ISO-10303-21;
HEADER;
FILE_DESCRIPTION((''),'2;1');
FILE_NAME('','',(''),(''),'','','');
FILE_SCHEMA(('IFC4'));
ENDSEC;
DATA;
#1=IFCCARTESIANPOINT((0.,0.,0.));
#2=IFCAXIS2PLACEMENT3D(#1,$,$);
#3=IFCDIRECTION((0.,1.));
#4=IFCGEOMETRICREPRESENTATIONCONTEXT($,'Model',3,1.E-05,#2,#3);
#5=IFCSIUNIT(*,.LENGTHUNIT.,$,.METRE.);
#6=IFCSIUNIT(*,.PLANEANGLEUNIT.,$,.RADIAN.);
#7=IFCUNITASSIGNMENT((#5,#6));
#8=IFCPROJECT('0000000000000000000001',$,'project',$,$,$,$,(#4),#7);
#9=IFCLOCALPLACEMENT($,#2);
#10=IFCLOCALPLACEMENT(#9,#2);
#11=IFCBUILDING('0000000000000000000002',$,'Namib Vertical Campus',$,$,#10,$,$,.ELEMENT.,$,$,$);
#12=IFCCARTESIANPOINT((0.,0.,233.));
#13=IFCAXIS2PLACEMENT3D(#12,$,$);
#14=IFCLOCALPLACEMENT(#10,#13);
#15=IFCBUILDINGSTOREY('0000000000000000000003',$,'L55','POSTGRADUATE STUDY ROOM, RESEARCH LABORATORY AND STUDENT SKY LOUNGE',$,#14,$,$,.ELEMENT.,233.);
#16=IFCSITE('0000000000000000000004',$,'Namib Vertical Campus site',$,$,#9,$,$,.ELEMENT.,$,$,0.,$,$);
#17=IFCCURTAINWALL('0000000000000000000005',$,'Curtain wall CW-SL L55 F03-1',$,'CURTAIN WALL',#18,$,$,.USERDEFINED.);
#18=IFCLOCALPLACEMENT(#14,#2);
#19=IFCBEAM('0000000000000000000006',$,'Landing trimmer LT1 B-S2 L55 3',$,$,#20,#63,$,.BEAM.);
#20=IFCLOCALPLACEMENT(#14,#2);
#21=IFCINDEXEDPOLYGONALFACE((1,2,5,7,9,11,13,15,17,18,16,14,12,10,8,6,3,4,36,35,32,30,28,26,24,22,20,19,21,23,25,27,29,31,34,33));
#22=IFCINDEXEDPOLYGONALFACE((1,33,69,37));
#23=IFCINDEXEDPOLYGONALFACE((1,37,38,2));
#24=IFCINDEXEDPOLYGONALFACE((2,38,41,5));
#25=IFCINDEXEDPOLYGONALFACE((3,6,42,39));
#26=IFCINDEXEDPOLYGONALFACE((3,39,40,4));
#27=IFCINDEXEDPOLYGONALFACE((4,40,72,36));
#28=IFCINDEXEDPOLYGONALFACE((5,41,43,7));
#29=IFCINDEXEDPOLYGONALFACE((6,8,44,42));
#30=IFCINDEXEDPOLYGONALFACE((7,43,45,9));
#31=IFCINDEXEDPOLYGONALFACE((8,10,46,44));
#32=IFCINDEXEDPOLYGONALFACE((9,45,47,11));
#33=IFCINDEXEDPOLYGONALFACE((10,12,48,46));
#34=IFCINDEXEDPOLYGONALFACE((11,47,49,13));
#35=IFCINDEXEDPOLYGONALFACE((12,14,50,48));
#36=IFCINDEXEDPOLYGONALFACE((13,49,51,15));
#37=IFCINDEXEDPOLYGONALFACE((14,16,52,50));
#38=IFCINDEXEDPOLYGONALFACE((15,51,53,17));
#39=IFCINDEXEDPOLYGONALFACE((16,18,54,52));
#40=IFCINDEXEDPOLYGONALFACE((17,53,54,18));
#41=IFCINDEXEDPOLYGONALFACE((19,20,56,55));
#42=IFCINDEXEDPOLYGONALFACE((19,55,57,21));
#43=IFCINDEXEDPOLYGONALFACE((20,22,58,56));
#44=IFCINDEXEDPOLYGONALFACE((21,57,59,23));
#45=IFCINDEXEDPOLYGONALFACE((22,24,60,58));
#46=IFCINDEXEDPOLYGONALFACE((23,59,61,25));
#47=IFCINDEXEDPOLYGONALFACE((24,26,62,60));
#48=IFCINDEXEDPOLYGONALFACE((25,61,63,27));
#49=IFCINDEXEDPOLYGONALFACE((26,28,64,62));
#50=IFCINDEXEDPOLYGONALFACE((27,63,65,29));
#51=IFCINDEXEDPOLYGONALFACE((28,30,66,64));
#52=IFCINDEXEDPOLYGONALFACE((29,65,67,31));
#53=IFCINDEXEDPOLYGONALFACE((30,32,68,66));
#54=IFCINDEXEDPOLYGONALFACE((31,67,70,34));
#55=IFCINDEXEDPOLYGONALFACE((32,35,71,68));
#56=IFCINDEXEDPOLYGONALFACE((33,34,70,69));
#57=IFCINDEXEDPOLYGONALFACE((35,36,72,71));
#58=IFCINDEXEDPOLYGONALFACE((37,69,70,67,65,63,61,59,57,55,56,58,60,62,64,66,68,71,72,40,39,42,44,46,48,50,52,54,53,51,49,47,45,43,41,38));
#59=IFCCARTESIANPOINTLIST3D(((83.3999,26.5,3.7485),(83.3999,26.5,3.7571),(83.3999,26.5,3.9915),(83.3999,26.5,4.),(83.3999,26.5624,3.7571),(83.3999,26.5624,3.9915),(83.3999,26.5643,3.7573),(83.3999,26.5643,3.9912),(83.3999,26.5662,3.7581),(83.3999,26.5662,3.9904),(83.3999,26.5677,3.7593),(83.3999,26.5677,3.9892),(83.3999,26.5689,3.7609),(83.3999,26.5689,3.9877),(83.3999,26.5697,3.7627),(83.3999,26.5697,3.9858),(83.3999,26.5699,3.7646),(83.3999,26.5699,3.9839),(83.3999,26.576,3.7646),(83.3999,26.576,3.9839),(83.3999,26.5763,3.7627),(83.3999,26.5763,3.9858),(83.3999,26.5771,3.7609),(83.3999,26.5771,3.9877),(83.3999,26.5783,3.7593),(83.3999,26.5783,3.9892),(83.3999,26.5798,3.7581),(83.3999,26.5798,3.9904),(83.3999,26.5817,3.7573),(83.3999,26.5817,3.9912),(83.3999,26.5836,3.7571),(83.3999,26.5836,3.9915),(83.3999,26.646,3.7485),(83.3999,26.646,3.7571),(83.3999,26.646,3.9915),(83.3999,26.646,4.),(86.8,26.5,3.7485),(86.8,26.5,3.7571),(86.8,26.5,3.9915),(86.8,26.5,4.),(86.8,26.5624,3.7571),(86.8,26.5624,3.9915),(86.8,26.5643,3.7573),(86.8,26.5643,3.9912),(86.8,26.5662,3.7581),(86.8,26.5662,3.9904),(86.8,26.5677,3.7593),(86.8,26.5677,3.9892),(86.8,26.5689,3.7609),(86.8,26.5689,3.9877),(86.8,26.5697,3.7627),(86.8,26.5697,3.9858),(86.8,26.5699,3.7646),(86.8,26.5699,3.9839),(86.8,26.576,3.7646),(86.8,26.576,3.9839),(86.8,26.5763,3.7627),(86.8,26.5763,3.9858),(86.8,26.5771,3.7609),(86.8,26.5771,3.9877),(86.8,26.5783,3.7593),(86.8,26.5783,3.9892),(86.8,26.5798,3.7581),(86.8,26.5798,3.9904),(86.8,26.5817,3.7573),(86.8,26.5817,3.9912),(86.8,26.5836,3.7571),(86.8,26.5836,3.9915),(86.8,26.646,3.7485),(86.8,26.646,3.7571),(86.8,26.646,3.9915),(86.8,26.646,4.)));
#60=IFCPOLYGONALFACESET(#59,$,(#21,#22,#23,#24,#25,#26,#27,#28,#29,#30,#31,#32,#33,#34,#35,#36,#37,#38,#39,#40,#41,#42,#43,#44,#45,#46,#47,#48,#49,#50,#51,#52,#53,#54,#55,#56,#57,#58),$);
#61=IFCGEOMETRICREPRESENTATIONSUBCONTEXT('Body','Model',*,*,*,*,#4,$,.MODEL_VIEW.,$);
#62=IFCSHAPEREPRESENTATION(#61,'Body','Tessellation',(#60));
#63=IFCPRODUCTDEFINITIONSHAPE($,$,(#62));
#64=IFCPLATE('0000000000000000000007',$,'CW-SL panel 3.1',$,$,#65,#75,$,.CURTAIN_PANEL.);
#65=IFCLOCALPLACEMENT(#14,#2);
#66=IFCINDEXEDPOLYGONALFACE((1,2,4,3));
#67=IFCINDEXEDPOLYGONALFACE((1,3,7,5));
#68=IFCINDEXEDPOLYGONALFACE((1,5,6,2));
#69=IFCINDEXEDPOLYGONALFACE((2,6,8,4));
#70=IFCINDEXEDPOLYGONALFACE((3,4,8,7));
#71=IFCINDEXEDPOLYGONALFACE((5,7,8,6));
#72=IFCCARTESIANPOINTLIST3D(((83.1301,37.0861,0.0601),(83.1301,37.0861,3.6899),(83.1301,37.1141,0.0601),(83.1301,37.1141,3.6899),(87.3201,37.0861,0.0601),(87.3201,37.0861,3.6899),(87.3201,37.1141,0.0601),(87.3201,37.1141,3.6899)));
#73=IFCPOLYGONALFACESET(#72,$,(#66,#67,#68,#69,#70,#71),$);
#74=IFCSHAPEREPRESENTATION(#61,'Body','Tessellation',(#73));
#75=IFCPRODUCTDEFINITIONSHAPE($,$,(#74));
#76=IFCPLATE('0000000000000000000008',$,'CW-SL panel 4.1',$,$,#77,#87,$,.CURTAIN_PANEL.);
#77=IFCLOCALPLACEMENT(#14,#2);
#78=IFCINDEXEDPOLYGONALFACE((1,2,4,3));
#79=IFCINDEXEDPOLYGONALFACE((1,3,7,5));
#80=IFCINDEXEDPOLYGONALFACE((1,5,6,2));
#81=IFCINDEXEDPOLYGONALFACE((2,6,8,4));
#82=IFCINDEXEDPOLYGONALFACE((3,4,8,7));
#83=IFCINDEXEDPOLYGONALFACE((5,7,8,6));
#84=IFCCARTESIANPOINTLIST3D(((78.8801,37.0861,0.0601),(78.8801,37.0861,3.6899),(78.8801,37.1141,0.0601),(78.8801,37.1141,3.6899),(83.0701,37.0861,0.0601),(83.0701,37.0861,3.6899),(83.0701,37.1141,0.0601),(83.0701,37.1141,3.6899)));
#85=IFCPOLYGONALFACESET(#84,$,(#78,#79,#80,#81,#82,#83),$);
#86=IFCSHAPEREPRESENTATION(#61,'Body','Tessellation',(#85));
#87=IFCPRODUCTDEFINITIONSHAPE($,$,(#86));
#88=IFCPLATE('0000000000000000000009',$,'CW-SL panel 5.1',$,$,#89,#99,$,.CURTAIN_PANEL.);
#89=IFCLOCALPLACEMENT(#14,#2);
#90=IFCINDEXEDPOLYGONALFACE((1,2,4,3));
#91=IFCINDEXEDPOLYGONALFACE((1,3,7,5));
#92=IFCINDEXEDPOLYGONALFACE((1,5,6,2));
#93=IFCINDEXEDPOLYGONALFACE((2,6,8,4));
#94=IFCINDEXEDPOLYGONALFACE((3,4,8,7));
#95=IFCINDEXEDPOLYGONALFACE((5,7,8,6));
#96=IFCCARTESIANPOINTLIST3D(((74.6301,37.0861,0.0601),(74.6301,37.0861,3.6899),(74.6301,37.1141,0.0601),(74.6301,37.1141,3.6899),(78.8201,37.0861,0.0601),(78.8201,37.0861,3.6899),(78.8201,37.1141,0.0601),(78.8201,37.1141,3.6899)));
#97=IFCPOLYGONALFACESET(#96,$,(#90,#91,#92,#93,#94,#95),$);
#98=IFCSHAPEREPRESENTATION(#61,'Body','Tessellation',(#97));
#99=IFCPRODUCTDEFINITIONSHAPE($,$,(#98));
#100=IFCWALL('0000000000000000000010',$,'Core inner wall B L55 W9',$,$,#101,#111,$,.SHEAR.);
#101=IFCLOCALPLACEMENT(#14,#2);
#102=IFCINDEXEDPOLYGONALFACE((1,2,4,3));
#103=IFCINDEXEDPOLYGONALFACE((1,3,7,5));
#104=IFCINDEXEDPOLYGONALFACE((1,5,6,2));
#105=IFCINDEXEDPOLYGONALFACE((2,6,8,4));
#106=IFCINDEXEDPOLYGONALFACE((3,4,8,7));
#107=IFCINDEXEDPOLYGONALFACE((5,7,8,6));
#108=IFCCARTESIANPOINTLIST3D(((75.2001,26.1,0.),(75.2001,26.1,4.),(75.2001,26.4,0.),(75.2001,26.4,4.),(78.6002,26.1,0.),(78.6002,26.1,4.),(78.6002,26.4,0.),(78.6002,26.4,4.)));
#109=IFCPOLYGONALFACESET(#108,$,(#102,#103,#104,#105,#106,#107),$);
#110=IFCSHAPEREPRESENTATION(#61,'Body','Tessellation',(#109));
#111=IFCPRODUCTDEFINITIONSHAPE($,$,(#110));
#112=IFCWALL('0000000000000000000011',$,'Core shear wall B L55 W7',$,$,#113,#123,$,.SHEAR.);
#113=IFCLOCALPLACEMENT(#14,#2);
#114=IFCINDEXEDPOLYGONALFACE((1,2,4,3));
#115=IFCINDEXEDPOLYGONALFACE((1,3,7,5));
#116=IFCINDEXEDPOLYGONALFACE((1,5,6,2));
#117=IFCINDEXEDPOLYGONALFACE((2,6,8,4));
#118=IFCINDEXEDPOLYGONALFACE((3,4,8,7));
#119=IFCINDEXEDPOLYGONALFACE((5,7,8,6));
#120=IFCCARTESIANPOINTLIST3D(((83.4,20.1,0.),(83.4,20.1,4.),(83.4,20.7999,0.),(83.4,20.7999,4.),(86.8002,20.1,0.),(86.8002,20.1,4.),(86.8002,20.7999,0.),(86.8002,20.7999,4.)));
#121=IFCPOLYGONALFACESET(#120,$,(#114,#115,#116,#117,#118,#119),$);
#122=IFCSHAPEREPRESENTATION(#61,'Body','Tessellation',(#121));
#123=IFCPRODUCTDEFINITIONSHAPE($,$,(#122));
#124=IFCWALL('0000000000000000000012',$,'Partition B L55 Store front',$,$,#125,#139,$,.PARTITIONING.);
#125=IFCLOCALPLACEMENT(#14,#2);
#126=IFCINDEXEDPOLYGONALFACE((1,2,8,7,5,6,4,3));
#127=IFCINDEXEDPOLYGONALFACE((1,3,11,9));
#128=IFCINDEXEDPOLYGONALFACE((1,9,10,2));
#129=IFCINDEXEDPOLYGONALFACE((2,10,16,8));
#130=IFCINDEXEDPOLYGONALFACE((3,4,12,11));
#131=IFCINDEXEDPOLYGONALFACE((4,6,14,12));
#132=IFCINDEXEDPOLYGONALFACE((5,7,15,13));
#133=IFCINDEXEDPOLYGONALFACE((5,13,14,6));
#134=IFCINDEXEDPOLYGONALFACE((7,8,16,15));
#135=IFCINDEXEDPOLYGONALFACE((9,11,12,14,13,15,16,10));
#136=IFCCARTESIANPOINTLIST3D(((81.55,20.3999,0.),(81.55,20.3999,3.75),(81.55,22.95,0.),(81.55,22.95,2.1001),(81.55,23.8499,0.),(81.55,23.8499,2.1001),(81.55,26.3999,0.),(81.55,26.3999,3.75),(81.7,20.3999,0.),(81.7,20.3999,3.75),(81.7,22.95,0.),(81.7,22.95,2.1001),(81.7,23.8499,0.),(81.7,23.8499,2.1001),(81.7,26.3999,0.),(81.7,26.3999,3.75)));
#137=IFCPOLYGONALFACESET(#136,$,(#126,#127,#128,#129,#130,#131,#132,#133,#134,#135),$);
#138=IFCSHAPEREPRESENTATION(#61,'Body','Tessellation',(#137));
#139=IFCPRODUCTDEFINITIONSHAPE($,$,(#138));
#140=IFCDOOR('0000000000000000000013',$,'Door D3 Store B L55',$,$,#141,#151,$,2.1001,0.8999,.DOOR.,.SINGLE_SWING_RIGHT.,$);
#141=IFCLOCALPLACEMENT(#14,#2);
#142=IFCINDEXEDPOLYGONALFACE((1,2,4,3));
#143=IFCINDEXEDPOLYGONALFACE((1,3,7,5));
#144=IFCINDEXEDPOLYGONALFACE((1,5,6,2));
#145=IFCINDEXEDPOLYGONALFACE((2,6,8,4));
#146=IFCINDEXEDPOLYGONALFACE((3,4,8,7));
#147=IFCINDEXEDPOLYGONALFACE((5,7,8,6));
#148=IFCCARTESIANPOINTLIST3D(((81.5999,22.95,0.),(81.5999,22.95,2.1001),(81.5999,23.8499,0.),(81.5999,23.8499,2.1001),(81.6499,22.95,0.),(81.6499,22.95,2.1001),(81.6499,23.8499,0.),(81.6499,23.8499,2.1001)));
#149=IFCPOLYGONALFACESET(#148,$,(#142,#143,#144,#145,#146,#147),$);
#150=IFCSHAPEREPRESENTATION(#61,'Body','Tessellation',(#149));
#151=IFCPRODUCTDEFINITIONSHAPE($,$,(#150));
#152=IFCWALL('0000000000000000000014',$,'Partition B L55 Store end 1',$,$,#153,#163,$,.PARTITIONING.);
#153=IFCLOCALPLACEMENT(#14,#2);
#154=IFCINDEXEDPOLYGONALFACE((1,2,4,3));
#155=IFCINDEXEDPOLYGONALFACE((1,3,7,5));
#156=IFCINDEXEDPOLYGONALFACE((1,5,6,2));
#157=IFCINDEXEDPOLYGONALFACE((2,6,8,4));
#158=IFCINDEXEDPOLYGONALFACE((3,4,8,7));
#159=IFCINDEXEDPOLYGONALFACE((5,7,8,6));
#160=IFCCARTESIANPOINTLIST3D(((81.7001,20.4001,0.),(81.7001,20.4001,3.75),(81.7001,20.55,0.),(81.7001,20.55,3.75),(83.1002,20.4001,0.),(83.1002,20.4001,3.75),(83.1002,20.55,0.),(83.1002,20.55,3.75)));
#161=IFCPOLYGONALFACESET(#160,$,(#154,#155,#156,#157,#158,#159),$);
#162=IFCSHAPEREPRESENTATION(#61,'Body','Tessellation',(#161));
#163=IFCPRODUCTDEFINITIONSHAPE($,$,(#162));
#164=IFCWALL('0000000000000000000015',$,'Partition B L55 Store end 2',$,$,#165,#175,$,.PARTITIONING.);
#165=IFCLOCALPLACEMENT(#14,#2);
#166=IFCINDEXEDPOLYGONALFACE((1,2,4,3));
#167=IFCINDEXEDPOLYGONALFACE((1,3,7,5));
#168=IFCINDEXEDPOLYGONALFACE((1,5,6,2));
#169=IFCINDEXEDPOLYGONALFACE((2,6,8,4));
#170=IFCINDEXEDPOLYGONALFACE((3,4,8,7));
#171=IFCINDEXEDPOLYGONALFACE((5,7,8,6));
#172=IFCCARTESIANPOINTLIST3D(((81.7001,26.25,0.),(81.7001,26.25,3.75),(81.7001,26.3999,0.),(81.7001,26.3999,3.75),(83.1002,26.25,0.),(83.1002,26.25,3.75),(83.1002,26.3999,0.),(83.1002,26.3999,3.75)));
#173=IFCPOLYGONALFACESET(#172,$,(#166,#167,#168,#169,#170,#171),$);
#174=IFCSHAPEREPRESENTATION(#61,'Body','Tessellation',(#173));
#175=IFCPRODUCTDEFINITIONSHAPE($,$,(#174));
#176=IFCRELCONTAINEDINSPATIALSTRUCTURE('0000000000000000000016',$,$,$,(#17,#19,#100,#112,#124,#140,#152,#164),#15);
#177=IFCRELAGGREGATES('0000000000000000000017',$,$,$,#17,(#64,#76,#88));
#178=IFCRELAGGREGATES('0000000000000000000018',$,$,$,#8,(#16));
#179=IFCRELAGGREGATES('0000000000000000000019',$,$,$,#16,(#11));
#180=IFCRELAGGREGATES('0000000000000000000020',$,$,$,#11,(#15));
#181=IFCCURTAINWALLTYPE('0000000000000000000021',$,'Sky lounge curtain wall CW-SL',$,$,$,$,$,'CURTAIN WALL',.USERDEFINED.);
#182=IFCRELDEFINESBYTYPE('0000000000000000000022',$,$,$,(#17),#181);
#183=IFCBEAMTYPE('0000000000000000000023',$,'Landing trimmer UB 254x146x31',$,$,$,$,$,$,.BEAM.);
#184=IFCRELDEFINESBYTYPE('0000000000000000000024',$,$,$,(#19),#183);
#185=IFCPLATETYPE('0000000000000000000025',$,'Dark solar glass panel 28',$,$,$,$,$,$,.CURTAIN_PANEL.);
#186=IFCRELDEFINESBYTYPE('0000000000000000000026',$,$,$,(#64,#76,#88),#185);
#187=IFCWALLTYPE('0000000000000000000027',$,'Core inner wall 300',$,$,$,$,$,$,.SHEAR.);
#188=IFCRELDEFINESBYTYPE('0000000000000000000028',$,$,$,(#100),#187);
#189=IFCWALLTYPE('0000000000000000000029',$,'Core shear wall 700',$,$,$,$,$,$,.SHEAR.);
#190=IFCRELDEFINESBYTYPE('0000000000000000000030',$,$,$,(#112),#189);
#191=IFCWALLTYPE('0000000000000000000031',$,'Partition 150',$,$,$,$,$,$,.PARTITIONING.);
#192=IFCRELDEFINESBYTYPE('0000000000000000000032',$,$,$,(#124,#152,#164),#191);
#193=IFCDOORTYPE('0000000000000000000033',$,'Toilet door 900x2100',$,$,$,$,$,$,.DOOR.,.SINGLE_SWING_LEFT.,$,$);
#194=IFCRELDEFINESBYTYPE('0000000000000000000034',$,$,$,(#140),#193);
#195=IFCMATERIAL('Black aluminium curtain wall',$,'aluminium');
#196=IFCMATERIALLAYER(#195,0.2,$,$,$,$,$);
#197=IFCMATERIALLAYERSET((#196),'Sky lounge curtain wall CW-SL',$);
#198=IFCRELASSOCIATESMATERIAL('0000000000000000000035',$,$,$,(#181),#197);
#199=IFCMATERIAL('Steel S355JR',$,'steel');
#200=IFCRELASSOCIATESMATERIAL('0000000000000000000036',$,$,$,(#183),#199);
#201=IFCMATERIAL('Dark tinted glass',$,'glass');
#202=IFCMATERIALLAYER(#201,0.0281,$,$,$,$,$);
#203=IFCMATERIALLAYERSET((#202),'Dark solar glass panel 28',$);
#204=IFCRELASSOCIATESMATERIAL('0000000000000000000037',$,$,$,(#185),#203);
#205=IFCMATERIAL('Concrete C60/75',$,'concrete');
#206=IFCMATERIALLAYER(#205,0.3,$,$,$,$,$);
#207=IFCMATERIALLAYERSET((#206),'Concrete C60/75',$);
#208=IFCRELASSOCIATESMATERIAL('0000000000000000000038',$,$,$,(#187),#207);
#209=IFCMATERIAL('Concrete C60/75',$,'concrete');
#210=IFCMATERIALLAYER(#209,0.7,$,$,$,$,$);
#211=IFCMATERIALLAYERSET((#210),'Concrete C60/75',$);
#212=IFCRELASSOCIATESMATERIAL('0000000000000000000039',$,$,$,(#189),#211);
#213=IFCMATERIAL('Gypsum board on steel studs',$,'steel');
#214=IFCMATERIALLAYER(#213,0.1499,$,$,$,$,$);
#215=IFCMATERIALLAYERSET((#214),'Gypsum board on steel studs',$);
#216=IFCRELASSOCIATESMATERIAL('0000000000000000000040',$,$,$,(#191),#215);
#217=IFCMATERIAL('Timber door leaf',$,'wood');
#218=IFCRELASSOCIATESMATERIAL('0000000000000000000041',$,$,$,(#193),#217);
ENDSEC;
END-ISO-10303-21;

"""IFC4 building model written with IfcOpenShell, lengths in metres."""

from ifc_helpers import new_model, si_unit, direction, frame, frame_2d, origin, origin_2d, place, context, subcontext, project, spatial, rectangle, i_section, extrude, material, layer, layer_set, material_profile, profile_set, type_object, element, fill, aggregate, save


model = new_model("IFC4")

# Units and contexts
model_context = context("Model", 3, precision=1e-05, world=origin(), true_north=direction((0.0, 1.0)))
body_context = subcontext(model_context, "Body", "Model", "MODEL_VIEW")
ifc_project = project(units=[si_unit("LENGTHUNIT", "METRE"), si_unit("PLANEANGLEUNIT", "RADIAN")], contexts=[model_context])

# Site, building, storey
site_placement = place(None, origin())
site = spatial("IfcSite", under=ifc_project, at=site_placement, Name="Namib Vertical Campus site", CompositionType="ELEMENT", RefElevation=0.0)
building_placement = place(site_placement, origin())
building = spatial("IfcBuilding", under=site, at=building_placement, Name="Namib Vertical Campus", CompositionType="ELEMENT")
storey_placement = place(building_placement, frame((0.0, 0.0, 233.0)))
storey = spatial("IfcBuildingStorey", under=building, at=storey_placement, Name="L55", Description="POSTGRADUATE STUDY ROOM, RESEARCH LABORATORY AND STUDENT SKY LOUNGE", CompositionType="ELEMENT", Elevation=233.0)

# Curtain wall
ifc_material_1 = material(Name="Black aluminium curtain wall", Category="aluminium")
ifc_layer_1 = layer(ifc_material_1, 0.2)
ifc_layer_set_1 = layer_set([ifc_layer_1], Name="Sky lounge curtain wall CW-SL")
curtain_wall_type = type_object("IfcCurtainWallType", Name="Sky lounge curtain wall CW-SL", ElementType="CURTAIN WALL", PredefinedType="USERDEFINED", material=ifc_layer_set_1)
curtain_wall_placement = place(storey_placement, origin())
curtain_wall = element("IfcCurtainWall", 1, at=curtain_wall_placement, inside=storey, type_object=curtain_wall_type, Name="Curtain wall CW-SL L55 F03-1", ObjectType="CURTAIN WALL", PredefinedType="USERDEFINED")

# Beam
ifc_material_2 = material(Name="Steel S355JR", Category="steel")
ifc_material_profile_1 = material_profile(ifc_material_2, i_section(OverallWidth=0.146, OverallDepth=0.2515, WebThickness=0.0061, FlangeThickness=0.0085, FilletRadius=0.0076, at=origin_2d()))
ifc_profile_set_1 = profile_set([ifc_material_profile_1], Name="Steel S355JR")
beam_type = type_object("IfcBeamType", Name="Landing trimmer UB 254x146x31", PredefinedType="BEAM", material=ifc_profile_set_1)
for number, where, z_axis, x_axis, name in (
    (2, (83.3999, 26.573, 3.8743), (1.0, 0.0, 0.0), (0.0, 1.0, 0.0), "Landing trimmer LT1 B-S2 L55 3"),
):
    element("IfcBeam", number, at=place(storey_placement, frame(where, z_axis=z_axis, x_axis=x_axis)), inside=storey, type_object=beam_type, Name=name, PredefinedType="BEAM", context=body_context, shape_type="SweptSolid", body=[
        extrude(i_section(OverallWidth=0.146, OverallDepth=0.2515, WebThickness=0.0061, FlangeThickness=0.0085, FilletRadius=0.0076, at=origin_2d()), origin(), (0.0, 0.0, 1.0), 3.4001),
    ])

# Plates
ifc_material_3 = material(Name="Dark tinted glass", Category="glass")
ifc_layer_2 = layer(ifc_material_3, 0.0281)
ifc_layer_set_2 = layer_set([ifc_layer_2], Name="Dark solar glass panel 28")
plate_type = type_object("IfcPlateType", Name="Dark solar glass panel 28", PredefinedType="CURTAIN_PANEL", material=ifc_layer_set_2)
plate_1_placement = place(storey_placement, frame((85.2251, 37.1001, 0.0601), z_axis=(0.0, 0.0, 1.0), x_axis=(-1.0, 0.0, 0.0)))
plate_1 = element("IfcPlate", 3, at=plate_1_placement, type_object=plate_type, Name="CW-SL panel 3.1", PredefinedType="CURTAIN_PANEL", context=body_context, shape_type="SweptSolid", body=[
    extrude(rectangle(XDim=4.1899, YDim=0.0281, at=origin_2d()), origin(), (0.0, 0.0, 1.0), 3.6299),
])
plate_2_placement = place(storey_placement, frame((80.9751, 37.1001, 0.0601), z_axis=(0.0, 0.0, 1.0), x_axis=(-1.0, 0.0, 0.0)))
plate_2 = element("IfcPlate", 4, at=plate_2_placement, type_object=plate_type, Name="CW-SL panel 4.1", PredefinedType="CURTAIN_PANEL", context=body_context, shape_type="SweptSolid", body=[
    extrude(rectangle(XDim=4.1899, YDim=0.0281, at=origin_2d()), origin(), (0.0, 0.0, 1.0), 3.6299),
])
plate_3_placement = place(storey_placement, frame((76.7251, 37.1001, 0.0601), z_axis=(0.0, 0.0, 1.0), x_axis=(-1.0, 0.0, 0.0)))
plate_3 = element("IfcPlate", 5, at=plate_3_placement, type_object=plate_type, Name="CW-SL panel 5.1", PredefinedType="CURTAIN_PANEL", context=body_context, shape_type="SweptSolid", body=[
    extrude(rectangle(XDim=4.1899, YDim=0.0281, at=origin_2d()), origin(), (0.0, 0.0, 1.0), 3.6299),
])
aggregate(curtain_wall, [plate_1, plate_2, plate_3])

# Walls
ifc_material_4 = material(Name="Concrete C60/75", Category="concrete")
ifc_layer_3 = layer(ifc_material_4, 0.3)
ifc_layer_set_3 = layer_set([ifc_layer_3], Name="Concrete C60/75")
wall_type_1 = type_object("IfcWallType", Name="Core inner wall 300", PredefinedType="SHEAR", material=ifc_layer_set_3)
wall_1_placement = place(storey_placement, frame((75.2, 26.25, 0.0), z_axis=(0.0, 0.0, 1.0), x_axis=(1.0, 0.0, 0.0)))
element("IfcWall", 6, at=wall_1_placement, inside=storey, type_object=wall_type_1, Name="Core inner wall B L55 W9", PredefinedType="SHEAR", context=body_context, shape_type="SweptSolid", body=[
    extrude(rectangle(XDim=3.4001, YDim=0.3, at=frame_2d((1.7002, 0.0))), origin(), (0.0, 0.0, 1.0), 4.0),
])
ifc_material_5 = material(Name="Concrete C60/75", Category="concrete")
ifc_layer_4 = layer(ifc_material_5, 0.7)
ifc_layer_set_4 = layer_set([ifc_layer_4], Name="Concrete C60/75")
wall_type_2 = type_object("IfcWallType", Name="Core shear wall 700", PredefinedType="SHEAR", material=ifc_layer_set_4)
wall_2_placement = place(storey_placement, frame((83.3999, 20.45, 0.0), z_axis=(0.0, 0.0, 1.0), x_axis=(1.0, 0.0, 0.0)))
element("IfcWall", 7, at=wall_2_placement, inside=storey, type_object=wall_type_2, Name="Core shear wall B L55 W7", PredefinedType="SHEAR", context=body_context, shape_type="SweptSolid", body=[
    extrude(rectangle(XDim=3.4001, YDim=0.7, at=frame_2d((1.7002, 0.0))), origin(), (0.0, 0.0, 1.0), 4.0),
])

# Wall, opening, door
ifc_material_6 = material(Name="Gypsum board on steel studs", Category="steel")
ifc_layer_5 = layer(ifc_material_6, 0.1499)
ifc_layer_set_5 = layer_set([ifc_layer_5], Name="Gypsum board on steel studs")
wall_type_3 = type_object("IfcWallType", Name="Partition 150", PredefinedType="PARTITIONING", material=ifc_layer_set_5)
wall_3_placement = place(storey_placement, frame((81.625, 20.3999, 0.0), z_axis=(0.0, 0.0, 1.0), x_axis=(0.0, 1.0, 0.0)))
wall_3 = element("IfcWall", 8, at=wall_3_placement, inside=storey, type_object=wall_type_3, Name="Partition B L55 Store front", PredefinedType="PARTITIONING", context=body_context, shape_type="SweptSolid", body=[
    extrude(rectangle(XDim=6.0, YDim=0.1499, at=frame_2d((3.0, 0.0))), origin(), (0.0, 0.0, 1.0), 3.75),
])
opening_1_placement = place(wall_3_placement, frame((2.55, 0.0, 0.0)))
opening_1 = element("IfcOpeningElement", 9, at=opening_1_placement, cuts=wall_3, PredefinedType="OPENING", context=body_context, shape_type="SweptSolid", body=[
    extrude(rectangle(XDim=0.8999, YDim=2.1001, at=frame_2d((0.45, 1.05))), frame((0.0, 0.085, 0.0), z_axis=(0.0, -1.0, 0.0), x_axis=(1.0, 0.0, 0.0)), (0.0, 0.0, 1.0), 0.1699),
])
ifc_material_7 = material(Name="Timber door leaf", Category="wood")
door_type = type_object("IfcDoorType", Name="Toilet door 900x2100", OperationType="SINGLE_SWING_LEFT", PredefinedType="DOOR", material=ifc_material_7)
door_1_placement = place(opening_1_placement, frame((0.8999, 0.0, 0.0), z_axis=(0.0, 0.0, 1.0), x_axis=(-1.0, 0.0, 0.0)))
door_1 = element("IfcDoor", 10, at=door_1_placement, inside=storey, type_object=door_type, Name="Door D3 Store B L55", OperationType="SINGLE_SWING_RIGHT", OverallHeight=2.1001, OverallWidth=0.8999, PredefinedType="DOOR", context=body_context, shape_type="SweptSolid", body=[
    extrude(rectangle(XDim=0.8999, YDim=2.1001, at=frame_2d((0.45, 1.05))), frame((0.0, 0.0249, 0.0), z_axis=(0.0, -1.0, 0.0), x_axis=(1.0, 0.0, 0.0)), (0.0, 0.0, 1.0), 0.05),
])
fill(opening_1, door_1)

# Walls
for number, where, z_axis, x_axis, name in (
    (11, (81.7, 20.4751, 0.0), (0.0, 0.0, 1.0), (1.0, 0.0, 0.0), "Partition B L55 Store end 1"),
    (12, (81.7, 26.325, 0.0), (0.0, 0.0, 1.0), (1.0, 0.0, 0.0), "Partition B L55 Store end 2"),
):
    element("IfcWall", number, at=place(storey_placement, frame(where, z_axis=z_axis, x_axis=x_axis)), inside=storey, type_object=wall_type_3, Name=name, PredefinedType="PARTITIONING", context=body_context, shape_type="SweptSolid", body=[
        extrude(rectangle(XDim=1.4001, YDim=0.1499, at=frame_2d((0.7002, 0.0))), origin(), (0.0, 0.0, 1.0), 3.75),
    ])

save(model, "model.ifc")
